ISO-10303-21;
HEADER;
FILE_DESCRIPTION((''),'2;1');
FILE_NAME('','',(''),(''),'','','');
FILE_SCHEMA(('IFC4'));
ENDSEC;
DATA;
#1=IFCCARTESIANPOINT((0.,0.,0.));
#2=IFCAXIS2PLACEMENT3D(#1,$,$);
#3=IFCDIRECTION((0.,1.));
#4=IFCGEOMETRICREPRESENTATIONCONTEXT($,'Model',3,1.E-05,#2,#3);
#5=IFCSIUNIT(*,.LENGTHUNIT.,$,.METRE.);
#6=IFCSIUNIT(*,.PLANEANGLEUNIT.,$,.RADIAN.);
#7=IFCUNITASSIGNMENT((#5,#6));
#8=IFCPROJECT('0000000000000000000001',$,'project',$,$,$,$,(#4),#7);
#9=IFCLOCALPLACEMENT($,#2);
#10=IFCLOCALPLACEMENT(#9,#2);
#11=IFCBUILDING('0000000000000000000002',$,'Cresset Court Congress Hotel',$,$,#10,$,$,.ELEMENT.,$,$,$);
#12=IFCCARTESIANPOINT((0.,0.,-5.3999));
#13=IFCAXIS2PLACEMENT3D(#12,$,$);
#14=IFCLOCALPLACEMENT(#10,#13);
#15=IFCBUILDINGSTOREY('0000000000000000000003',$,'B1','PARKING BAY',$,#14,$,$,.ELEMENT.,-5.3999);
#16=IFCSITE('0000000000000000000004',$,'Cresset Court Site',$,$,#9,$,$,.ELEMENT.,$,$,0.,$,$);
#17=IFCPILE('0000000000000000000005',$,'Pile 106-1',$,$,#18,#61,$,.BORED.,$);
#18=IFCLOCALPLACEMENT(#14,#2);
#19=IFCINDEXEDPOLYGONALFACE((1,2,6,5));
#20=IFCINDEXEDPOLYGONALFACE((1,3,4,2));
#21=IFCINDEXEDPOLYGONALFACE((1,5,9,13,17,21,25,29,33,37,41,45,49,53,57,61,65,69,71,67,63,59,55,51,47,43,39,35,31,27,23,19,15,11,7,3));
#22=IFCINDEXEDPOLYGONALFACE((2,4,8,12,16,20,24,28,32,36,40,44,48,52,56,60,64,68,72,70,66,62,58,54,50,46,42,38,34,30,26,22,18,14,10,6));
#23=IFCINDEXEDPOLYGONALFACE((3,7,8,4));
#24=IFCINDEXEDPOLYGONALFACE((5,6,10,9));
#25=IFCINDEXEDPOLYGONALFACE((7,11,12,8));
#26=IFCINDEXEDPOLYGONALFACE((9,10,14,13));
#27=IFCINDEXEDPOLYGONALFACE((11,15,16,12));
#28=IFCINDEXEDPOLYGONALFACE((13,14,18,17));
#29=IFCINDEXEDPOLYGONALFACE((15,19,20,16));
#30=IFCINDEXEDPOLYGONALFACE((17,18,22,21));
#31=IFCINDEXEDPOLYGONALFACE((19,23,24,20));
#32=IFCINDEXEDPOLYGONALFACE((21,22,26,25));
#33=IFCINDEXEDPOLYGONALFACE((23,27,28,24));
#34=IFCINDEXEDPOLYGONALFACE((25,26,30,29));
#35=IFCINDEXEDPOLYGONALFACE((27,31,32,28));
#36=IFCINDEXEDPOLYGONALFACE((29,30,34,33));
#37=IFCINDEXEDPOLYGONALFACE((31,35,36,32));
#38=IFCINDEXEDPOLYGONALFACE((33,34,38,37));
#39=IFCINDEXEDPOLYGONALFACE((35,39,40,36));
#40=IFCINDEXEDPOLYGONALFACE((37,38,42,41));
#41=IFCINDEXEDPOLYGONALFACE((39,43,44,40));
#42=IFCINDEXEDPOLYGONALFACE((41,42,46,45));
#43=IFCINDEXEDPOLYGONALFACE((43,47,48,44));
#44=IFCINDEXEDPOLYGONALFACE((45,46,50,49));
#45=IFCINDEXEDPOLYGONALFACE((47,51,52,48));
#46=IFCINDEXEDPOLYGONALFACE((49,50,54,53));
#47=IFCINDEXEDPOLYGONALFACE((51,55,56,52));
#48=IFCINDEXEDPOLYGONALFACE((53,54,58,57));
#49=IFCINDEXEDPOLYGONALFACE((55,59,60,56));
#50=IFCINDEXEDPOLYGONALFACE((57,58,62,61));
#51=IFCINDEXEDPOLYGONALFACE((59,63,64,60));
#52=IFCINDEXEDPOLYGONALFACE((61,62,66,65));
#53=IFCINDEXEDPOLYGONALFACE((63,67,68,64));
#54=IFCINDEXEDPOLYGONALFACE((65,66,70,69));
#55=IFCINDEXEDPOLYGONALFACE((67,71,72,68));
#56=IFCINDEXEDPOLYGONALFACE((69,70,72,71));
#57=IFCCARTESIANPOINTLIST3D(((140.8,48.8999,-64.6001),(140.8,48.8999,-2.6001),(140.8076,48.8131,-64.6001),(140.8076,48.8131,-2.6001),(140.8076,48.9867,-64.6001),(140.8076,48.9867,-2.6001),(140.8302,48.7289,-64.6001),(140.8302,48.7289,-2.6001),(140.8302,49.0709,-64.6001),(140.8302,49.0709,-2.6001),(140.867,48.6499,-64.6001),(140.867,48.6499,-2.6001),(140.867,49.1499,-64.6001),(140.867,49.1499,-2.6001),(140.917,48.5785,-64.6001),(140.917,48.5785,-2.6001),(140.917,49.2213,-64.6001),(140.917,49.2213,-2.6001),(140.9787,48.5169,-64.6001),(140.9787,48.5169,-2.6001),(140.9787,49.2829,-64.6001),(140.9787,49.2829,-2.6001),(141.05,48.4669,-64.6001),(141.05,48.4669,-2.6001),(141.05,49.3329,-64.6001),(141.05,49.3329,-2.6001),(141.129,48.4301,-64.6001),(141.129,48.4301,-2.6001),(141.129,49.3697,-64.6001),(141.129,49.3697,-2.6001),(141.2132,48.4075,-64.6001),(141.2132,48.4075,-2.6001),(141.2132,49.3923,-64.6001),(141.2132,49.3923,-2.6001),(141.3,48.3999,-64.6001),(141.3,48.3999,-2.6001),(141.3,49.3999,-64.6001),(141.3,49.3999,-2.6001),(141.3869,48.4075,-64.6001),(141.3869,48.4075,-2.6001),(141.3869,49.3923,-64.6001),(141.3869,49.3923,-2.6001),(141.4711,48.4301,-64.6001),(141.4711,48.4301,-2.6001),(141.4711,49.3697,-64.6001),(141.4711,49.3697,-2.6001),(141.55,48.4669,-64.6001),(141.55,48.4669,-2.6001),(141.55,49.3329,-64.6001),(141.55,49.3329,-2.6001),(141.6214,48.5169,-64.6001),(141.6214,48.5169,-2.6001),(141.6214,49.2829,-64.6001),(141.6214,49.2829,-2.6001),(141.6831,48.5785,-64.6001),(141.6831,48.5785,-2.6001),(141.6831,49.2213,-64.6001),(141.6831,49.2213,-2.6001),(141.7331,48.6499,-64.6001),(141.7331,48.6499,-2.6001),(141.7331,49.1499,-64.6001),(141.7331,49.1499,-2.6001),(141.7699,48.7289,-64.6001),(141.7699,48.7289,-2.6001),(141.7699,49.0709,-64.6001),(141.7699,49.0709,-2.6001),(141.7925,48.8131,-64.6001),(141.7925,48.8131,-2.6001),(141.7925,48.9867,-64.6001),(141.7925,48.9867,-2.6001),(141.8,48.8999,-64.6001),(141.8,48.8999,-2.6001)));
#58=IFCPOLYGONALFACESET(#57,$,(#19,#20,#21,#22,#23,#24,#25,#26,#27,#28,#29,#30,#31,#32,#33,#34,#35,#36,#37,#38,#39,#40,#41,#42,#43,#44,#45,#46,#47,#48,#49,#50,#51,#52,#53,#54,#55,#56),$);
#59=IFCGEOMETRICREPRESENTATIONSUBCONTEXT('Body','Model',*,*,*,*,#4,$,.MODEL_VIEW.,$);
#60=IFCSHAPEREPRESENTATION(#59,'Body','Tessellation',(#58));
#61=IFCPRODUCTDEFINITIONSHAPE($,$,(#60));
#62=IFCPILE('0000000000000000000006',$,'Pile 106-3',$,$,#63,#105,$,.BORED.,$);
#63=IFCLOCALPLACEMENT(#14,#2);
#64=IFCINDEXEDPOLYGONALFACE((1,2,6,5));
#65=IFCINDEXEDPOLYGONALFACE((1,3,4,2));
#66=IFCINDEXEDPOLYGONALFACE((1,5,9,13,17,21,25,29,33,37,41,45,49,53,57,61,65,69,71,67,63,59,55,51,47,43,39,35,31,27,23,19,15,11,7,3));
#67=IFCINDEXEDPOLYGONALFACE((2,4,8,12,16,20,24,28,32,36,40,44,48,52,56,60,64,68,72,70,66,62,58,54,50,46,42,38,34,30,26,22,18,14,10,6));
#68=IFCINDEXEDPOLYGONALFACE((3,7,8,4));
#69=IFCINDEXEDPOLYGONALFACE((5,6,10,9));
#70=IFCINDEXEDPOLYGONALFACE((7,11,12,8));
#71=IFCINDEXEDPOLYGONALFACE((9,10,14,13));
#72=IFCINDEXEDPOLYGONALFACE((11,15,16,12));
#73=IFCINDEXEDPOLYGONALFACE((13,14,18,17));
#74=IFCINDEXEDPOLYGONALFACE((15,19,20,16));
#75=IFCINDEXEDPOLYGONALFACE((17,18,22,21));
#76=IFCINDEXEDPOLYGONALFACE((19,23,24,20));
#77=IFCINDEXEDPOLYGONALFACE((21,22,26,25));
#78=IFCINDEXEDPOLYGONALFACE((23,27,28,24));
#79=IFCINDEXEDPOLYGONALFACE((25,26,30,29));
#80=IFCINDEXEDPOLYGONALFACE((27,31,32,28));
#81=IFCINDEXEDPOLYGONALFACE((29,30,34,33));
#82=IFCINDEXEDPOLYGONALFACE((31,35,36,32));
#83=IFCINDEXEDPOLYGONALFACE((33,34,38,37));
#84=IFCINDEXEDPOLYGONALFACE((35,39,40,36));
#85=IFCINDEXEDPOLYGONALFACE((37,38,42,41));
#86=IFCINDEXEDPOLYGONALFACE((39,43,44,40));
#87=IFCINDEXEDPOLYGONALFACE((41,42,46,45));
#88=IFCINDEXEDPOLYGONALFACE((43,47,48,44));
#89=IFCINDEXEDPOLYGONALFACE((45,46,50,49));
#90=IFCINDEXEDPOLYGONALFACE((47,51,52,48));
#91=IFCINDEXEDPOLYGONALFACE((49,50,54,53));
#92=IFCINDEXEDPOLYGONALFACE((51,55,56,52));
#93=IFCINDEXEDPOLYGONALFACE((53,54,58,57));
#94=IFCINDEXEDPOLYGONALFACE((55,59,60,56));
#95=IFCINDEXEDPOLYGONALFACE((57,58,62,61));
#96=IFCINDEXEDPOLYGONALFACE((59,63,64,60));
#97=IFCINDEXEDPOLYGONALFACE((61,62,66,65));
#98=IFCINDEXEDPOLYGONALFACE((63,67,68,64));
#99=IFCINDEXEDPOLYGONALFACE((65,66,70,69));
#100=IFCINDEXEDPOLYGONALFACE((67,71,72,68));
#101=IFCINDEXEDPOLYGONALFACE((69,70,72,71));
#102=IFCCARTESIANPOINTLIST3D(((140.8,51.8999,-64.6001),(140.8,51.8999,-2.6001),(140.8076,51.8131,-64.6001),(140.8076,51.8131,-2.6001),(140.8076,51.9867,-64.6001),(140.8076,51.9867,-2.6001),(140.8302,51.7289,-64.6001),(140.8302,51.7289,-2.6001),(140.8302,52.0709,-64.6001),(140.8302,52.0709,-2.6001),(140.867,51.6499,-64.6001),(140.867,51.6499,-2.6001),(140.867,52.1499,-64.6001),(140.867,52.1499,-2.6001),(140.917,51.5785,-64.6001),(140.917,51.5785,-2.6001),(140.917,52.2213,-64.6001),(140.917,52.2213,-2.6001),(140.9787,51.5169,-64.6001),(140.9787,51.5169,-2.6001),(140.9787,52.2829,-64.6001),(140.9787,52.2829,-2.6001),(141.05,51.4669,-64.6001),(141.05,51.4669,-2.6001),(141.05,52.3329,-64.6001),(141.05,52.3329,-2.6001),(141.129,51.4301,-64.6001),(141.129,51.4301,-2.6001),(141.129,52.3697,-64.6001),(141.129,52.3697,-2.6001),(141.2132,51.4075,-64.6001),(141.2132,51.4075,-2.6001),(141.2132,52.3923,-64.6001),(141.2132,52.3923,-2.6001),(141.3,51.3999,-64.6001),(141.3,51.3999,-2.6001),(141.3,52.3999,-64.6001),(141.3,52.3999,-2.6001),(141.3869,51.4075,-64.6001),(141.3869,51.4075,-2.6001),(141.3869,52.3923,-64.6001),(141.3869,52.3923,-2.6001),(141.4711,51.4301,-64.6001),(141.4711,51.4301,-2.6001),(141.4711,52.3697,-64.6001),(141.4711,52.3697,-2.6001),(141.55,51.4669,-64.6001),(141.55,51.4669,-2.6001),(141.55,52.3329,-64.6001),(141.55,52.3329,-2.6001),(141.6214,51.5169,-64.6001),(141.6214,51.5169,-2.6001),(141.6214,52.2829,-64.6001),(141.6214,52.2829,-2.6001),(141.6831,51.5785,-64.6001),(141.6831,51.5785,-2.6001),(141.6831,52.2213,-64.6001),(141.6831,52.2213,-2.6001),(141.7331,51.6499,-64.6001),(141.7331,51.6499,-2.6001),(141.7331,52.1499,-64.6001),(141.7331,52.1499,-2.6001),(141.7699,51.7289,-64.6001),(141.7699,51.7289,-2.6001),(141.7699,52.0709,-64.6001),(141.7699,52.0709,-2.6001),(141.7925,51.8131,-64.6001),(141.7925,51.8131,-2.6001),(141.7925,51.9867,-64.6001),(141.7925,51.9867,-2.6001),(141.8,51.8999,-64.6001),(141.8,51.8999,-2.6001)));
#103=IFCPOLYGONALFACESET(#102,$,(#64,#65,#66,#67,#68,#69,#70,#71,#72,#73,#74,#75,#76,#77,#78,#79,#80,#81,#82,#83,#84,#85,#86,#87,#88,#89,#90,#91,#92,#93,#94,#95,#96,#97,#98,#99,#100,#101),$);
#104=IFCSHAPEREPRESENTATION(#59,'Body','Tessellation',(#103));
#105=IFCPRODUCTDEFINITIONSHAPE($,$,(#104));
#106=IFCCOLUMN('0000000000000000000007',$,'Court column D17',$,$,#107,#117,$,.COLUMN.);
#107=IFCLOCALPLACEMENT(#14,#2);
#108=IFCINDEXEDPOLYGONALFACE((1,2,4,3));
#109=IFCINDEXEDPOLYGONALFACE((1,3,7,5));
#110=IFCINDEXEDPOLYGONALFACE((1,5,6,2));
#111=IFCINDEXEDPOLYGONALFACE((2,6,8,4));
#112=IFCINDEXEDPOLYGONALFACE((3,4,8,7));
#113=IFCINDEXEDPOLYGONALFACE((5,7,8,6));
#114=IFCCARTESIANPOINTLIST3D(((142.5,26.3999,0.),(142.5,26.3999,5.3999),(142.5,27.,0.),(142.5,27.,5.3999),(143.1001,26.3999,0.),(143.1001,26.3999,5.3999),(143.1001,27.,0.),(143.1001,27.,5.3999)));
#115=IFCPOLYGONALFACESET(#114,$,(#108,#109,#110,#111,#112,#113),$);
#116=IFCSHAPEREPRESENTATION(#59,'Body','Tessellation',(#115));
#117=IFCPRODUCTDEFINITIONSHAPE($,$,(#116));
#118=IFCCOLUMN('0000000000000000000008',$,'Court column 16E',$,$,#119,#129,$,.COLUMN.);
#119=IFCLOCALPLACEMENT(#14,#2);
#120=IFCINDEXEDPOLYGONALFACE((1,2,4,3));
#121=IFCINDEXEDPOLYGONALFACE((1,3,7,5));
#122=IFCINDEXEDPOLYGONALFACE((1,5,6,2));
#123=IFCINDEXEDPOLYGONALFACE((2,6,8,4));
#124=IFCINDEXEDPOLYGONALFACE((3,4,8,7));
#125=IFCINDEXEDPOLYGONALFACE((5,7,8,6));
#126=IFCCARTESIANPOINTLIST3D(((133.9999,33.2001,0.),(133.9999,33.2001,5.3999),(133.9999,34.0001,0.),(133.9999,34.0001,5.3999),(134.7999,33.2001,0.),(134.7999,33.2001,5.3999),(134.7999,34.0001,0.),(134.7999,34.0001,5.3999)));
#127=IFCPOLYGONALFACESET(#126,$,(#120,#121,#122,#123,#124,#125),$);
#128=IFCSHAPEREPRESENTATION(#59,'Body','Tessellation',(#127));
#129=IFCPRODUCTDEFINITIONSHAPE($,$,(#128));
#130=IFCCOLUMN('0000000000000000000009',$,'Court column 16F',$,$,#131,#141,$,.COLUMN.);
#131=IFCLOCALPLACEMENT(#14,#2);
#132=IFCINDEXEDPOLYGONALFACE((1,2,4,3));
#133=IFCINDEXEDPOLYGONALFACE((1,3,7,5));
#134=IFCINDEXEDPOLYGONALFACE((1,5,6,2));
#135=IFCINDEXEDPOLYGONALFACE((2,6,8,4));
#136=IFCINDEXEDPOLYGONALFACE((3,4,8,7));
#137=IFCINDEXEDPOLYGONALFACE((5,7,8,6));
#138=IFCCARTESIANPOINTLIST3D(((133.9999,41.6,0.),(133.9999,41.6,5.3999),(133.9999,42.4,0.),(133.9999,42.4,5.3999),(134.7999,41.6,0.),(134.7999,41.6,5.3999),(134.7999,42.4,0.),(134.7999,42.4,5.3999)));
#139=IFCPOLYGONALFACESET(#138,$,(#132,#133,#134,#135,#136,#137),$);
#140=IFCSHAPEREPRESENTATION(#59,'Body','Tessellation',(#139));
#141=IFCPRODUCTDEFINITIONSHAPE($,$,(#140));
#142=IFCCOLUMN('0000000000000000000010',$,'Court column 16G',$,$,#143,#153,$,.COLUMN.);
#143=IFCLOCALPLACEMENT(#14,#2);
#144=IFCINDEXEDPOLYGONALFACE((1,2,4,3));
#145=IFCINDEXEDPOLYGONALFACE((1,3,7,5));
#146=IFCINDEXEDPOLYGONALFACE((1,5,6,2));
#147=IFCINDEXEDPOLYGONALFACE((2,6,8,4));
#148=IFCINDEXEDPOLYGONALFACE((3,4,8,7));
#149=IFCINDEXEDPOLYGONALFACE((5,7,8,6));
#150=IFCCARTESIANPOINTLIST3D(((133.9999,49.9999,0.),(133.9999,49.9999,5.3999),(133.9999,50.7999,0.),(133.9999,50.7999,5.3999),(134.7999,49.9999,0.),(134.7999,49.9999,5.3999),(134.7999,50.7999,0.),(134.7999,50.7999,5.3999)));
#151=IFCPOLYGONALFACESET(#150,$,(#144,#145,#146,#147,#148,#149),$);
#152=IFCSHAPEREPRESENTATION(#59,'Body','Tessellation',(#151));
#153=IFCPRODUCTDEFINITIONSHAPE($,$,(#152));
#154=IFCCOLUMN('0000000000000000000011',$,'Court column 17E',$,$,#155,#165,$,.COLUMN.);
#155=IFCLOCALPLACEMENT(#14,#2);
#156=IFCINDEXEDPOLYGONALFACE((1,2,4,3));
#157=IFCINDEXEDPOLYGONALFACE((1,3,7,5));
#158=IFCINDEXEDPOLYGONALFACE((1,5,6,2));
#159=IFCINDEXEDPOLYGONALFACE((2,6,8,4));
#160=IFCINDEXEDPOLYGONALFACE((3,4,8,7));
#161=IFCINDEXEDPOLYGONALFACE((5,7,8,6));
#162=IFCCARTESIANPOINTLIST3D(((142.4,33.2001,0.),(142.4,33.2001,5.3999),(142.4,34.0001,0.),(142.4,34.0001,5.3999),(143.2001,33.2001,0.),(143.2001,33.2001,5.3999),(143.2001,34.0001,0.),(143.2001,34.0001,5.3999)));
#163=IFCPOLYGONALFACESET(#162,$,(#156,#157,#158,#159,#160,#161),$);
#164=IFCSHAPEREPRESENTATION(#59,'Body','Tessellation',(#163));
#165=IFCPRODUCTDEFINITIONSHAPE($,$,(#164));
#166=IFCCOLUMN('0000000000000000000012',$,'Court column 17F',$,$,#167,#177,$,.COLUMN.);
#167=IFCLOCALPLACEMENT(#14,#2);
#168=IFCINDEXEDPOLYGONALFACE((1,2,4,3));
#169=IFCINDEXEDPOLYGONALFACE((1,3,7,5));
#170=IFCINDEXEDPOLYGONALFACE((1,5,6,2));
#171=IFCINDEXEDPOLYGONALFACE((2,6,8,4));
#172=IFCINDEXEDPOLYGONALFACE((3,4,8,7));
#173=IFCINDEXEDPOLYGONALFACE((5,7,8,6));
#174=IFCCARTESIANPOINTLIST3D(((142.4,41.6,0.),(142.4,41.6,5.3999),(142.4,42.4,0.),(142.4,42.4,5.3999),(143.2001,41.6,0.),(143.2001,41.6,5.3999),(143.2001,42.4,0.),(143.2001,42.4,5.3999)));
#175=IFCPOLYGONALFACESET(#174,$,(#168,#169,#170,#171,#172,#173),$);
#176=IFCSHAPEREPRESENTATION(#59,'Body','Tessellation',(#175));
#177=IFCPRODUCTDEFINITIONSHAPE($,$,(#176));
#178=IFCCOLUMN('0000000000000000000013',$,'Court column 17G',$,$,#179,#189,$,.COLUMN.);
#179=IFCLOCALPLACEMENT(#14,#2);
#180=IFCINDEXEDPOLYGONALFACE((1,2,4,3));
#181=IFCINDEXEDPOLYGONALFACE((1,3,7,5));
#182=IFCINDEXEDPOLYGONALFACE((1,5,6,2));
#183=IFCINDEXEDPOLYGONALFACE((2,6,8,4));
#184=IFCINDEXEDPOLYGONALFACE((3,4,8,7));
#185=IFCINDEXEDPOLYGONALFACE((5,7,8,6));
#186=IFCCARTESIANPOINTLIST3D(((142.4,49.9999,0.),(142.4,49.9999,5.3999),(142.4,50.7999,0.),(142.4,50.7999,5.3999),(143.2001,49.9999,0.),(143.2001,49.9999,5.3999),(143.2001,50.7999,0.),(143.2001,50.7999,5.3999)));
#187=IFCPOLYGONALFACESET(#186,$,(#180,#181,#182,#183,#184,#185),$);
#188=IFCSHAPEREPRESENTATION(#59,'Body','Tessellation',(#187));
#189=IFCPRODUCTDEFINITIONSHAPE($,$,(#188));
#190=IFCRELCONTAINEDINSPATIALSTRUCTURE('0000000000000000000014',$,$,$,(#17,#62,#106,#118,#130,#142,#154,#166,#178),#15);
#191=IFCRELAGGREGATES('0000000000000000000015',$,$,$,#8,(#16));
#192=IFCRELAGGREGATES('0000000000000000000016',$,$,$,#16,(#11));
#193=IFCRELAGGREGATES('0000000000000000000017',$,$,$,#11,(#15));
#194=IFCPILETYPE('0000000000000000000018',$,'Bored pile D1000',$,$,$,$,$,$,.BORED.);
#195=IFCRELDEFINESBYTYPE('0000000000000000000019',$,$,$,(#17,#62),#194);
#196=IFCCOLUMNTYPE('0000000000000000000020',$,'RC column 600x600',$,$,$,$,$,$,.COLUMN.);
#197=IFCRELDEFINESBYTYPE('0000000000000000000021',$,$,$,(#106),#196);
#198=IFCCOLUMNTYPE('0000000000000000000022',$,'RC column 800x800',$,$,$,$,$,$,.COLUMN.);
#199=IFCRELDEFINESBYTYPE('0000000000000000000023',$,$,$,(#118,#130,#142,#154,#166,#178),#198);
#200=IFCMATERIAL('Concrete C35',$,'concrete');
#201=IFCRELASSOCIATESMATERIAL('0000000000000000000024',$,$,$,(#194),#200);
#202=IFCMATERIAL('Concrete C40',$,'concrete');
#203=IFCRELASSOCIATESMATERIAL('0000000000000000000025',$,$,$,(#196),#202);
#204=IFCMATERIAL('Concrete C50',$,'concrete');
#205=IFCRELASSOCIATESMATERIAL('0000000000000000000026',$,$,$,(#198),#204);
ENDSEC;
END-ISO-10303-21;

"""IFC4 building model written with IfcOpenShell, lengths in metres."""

from ifc_helpers import new_model, si_unit, direction, frame, origin, origin_2d, place, context, subcontext, project, spatial, rectangle, circle, extrude, material, material_profile, profile_set, type_object, element, save


model = new_model("IFC4")

# Units and contexts
model_context = context("Model", 3, precision=1e-05, world=origin(), true_north=direction((0.0, 1.0)))
body_context = subcontext(model_context, "Body", "Model", "MODEL_VIEW")
ifc_project = project(units=[si_unit("LENGTHUNIT", "METRE"), si_unit("PLANEANGLEUNIT", "RADIAN")], contexts=[model_context])

# Site, building, storey
site_placement = place(None, origin())
site = spatial("IfcSite", under=ifc_project, at=site_placement, Name="Cresset Court Site", CompositionType="ELEMENT", RefElevation=0.0)
building_placement = place(site_placement, origin())
building = spatial("IfcBuilding", under=site, at=building_placement, Name="Cresset Court Congress Hotel", CompositionType="ELEMENT")
storey_placement = place(building_placement, frame((0.0, 0.0, -5.3999)))
storey = spatial("IfcBuildingStorey", under=building, at=storey_placement, Name="B1", Description="PARKING BAY", CompositionType="ELEMENT", Elevation=-5.3999)

# Piles
ifc_material_1 = material(Name="Concrete C35", Category="concrete")
pile_type = type_object("IfcPileType", Name="Bored pile D1000", PredefinedType="BORED", material=ifc_material_1)
for number, where, z_axis, x_axis, name in (
    (1, (141.3, 48.8999, -2.6001), (0.0, 0.0, -1.0), (1.0, 0.0, 0.0), "Pile 106-1"),
    (2, (141.3, 51.8999, -2.6001), (0.0, 0.0, -1.0), (1.0, 0.0, 0.0), "Pile 106-3"),
):
    element("IfcPile", number, at=place(storey_placement, frame(where, z_axis=z_axis, x_axis=x_axis)), inside=storey, type_object=pile_type, Name=name, PredefinedType="BORED", context=body_context, shape_type="SweptSolid", body=[
        extrude(circle(Radius=0.5, at=origin_2d()), origin(), (0.0, 0.0, 1.0), 62.0),
    ])

# Columns
ifc_material_2 = material(Name="Concrete C40", Category="concrete")
ifc_material_profile_1 = material_profile(ifc_material_2, rectangle(XDim=0.6001, YDim=0.6001, at=origin_2d()), Name="RC600x600")
ifc_profile_set_1 = profile_set([ifc_material_profile_1], Name="Concrete C40")
column_type_1 = type_object("IfcColumnType", Name="RC column 600x600", PredefinedType="COLUMN", material=ifc_profile_set_1)
column_placement = place(storey_placement, frame((142.8, 26.7, 0.0), z_axis=(0.0, 0.0, 1.0), x_axis=(1.0, 0.0, 0.0)))
element("IfcColumn", 3, at=column_placement, inside=storey, type_object=column_type_1, Name="Court column D17", PredefinedType="COLUMN", context=body_context, shape_type="SweptSolid", body=[
    extrude(rectangle(XDim=0.6001, YDim=0.6001, at=origin_2d()), origin(), (0.0, 0.0, 1.0), 5.3999),
])
ifc_material_3 = material(Name="Concrete C50", Category="concrete")
ifc_material_profile_2 = material_profile(ifc_material_3, rectangle(XDim=0.8, YDim=0.8, at=origin_2d()), Name="RC800x800")
ifc_profile_set_2 = profile_set([ifc_material_profile_2], Name="Concrete C50")
column_type_2 = type_object("IfcColumnType", Name="RC column 800x800", PredefinedType="COLUMN", material=ifc_profile_set_2)
for number, where, z_axis, x_axis, name in (
    (4, (134.3999, 33.6001, 0.0), (0.0, 0.0, 1.0), (1.0, 0.0, 0.0), "Court column 16E"),
    (5, (134.3999, 42.0, 0.0), (0.0, 0.0, 1.0), (1.0, 0.0, 0.0), "Court column 16F"),
    (6, (134.3999, 50.3999, 0.0), (0.0, 0.0, 1.0), (1.0, 0.0, 0.0), "Court column 16G"),
    (7, (142.8, 33.6001, 0.0), (0.0, 0.0, 1.0), (1.0, 0.0, 0.0), "Court column 17E"),
    (8, (142.8, 42.0, 0.0), (0.0, 0.0, 1.0), (1.0, 0.0, 0.0), "Court column 17F"),
    (9, (142.8, 50.3999, 0.0), (0.0, 0.0, 1.0), (1.0, 0.0, 0.0), "Court column 17G"),
):
    element("IfcColumn", number, at=place(storey_placement, frame(where, z_axis=z_axis, x_axis=x_axis)), inside=storey, type_object=column_type_2, Name=name, PredefinedType="COLUMN", context=body_context, shape_type="SweptSolid", body=[
        extrude(rectangle(XDim=0.8, YDim=0.8, at=origin_2d()), origin(), (0.0, 0.0, 1.0), 5.3999),
    ])

save(model, "model.ifc")
